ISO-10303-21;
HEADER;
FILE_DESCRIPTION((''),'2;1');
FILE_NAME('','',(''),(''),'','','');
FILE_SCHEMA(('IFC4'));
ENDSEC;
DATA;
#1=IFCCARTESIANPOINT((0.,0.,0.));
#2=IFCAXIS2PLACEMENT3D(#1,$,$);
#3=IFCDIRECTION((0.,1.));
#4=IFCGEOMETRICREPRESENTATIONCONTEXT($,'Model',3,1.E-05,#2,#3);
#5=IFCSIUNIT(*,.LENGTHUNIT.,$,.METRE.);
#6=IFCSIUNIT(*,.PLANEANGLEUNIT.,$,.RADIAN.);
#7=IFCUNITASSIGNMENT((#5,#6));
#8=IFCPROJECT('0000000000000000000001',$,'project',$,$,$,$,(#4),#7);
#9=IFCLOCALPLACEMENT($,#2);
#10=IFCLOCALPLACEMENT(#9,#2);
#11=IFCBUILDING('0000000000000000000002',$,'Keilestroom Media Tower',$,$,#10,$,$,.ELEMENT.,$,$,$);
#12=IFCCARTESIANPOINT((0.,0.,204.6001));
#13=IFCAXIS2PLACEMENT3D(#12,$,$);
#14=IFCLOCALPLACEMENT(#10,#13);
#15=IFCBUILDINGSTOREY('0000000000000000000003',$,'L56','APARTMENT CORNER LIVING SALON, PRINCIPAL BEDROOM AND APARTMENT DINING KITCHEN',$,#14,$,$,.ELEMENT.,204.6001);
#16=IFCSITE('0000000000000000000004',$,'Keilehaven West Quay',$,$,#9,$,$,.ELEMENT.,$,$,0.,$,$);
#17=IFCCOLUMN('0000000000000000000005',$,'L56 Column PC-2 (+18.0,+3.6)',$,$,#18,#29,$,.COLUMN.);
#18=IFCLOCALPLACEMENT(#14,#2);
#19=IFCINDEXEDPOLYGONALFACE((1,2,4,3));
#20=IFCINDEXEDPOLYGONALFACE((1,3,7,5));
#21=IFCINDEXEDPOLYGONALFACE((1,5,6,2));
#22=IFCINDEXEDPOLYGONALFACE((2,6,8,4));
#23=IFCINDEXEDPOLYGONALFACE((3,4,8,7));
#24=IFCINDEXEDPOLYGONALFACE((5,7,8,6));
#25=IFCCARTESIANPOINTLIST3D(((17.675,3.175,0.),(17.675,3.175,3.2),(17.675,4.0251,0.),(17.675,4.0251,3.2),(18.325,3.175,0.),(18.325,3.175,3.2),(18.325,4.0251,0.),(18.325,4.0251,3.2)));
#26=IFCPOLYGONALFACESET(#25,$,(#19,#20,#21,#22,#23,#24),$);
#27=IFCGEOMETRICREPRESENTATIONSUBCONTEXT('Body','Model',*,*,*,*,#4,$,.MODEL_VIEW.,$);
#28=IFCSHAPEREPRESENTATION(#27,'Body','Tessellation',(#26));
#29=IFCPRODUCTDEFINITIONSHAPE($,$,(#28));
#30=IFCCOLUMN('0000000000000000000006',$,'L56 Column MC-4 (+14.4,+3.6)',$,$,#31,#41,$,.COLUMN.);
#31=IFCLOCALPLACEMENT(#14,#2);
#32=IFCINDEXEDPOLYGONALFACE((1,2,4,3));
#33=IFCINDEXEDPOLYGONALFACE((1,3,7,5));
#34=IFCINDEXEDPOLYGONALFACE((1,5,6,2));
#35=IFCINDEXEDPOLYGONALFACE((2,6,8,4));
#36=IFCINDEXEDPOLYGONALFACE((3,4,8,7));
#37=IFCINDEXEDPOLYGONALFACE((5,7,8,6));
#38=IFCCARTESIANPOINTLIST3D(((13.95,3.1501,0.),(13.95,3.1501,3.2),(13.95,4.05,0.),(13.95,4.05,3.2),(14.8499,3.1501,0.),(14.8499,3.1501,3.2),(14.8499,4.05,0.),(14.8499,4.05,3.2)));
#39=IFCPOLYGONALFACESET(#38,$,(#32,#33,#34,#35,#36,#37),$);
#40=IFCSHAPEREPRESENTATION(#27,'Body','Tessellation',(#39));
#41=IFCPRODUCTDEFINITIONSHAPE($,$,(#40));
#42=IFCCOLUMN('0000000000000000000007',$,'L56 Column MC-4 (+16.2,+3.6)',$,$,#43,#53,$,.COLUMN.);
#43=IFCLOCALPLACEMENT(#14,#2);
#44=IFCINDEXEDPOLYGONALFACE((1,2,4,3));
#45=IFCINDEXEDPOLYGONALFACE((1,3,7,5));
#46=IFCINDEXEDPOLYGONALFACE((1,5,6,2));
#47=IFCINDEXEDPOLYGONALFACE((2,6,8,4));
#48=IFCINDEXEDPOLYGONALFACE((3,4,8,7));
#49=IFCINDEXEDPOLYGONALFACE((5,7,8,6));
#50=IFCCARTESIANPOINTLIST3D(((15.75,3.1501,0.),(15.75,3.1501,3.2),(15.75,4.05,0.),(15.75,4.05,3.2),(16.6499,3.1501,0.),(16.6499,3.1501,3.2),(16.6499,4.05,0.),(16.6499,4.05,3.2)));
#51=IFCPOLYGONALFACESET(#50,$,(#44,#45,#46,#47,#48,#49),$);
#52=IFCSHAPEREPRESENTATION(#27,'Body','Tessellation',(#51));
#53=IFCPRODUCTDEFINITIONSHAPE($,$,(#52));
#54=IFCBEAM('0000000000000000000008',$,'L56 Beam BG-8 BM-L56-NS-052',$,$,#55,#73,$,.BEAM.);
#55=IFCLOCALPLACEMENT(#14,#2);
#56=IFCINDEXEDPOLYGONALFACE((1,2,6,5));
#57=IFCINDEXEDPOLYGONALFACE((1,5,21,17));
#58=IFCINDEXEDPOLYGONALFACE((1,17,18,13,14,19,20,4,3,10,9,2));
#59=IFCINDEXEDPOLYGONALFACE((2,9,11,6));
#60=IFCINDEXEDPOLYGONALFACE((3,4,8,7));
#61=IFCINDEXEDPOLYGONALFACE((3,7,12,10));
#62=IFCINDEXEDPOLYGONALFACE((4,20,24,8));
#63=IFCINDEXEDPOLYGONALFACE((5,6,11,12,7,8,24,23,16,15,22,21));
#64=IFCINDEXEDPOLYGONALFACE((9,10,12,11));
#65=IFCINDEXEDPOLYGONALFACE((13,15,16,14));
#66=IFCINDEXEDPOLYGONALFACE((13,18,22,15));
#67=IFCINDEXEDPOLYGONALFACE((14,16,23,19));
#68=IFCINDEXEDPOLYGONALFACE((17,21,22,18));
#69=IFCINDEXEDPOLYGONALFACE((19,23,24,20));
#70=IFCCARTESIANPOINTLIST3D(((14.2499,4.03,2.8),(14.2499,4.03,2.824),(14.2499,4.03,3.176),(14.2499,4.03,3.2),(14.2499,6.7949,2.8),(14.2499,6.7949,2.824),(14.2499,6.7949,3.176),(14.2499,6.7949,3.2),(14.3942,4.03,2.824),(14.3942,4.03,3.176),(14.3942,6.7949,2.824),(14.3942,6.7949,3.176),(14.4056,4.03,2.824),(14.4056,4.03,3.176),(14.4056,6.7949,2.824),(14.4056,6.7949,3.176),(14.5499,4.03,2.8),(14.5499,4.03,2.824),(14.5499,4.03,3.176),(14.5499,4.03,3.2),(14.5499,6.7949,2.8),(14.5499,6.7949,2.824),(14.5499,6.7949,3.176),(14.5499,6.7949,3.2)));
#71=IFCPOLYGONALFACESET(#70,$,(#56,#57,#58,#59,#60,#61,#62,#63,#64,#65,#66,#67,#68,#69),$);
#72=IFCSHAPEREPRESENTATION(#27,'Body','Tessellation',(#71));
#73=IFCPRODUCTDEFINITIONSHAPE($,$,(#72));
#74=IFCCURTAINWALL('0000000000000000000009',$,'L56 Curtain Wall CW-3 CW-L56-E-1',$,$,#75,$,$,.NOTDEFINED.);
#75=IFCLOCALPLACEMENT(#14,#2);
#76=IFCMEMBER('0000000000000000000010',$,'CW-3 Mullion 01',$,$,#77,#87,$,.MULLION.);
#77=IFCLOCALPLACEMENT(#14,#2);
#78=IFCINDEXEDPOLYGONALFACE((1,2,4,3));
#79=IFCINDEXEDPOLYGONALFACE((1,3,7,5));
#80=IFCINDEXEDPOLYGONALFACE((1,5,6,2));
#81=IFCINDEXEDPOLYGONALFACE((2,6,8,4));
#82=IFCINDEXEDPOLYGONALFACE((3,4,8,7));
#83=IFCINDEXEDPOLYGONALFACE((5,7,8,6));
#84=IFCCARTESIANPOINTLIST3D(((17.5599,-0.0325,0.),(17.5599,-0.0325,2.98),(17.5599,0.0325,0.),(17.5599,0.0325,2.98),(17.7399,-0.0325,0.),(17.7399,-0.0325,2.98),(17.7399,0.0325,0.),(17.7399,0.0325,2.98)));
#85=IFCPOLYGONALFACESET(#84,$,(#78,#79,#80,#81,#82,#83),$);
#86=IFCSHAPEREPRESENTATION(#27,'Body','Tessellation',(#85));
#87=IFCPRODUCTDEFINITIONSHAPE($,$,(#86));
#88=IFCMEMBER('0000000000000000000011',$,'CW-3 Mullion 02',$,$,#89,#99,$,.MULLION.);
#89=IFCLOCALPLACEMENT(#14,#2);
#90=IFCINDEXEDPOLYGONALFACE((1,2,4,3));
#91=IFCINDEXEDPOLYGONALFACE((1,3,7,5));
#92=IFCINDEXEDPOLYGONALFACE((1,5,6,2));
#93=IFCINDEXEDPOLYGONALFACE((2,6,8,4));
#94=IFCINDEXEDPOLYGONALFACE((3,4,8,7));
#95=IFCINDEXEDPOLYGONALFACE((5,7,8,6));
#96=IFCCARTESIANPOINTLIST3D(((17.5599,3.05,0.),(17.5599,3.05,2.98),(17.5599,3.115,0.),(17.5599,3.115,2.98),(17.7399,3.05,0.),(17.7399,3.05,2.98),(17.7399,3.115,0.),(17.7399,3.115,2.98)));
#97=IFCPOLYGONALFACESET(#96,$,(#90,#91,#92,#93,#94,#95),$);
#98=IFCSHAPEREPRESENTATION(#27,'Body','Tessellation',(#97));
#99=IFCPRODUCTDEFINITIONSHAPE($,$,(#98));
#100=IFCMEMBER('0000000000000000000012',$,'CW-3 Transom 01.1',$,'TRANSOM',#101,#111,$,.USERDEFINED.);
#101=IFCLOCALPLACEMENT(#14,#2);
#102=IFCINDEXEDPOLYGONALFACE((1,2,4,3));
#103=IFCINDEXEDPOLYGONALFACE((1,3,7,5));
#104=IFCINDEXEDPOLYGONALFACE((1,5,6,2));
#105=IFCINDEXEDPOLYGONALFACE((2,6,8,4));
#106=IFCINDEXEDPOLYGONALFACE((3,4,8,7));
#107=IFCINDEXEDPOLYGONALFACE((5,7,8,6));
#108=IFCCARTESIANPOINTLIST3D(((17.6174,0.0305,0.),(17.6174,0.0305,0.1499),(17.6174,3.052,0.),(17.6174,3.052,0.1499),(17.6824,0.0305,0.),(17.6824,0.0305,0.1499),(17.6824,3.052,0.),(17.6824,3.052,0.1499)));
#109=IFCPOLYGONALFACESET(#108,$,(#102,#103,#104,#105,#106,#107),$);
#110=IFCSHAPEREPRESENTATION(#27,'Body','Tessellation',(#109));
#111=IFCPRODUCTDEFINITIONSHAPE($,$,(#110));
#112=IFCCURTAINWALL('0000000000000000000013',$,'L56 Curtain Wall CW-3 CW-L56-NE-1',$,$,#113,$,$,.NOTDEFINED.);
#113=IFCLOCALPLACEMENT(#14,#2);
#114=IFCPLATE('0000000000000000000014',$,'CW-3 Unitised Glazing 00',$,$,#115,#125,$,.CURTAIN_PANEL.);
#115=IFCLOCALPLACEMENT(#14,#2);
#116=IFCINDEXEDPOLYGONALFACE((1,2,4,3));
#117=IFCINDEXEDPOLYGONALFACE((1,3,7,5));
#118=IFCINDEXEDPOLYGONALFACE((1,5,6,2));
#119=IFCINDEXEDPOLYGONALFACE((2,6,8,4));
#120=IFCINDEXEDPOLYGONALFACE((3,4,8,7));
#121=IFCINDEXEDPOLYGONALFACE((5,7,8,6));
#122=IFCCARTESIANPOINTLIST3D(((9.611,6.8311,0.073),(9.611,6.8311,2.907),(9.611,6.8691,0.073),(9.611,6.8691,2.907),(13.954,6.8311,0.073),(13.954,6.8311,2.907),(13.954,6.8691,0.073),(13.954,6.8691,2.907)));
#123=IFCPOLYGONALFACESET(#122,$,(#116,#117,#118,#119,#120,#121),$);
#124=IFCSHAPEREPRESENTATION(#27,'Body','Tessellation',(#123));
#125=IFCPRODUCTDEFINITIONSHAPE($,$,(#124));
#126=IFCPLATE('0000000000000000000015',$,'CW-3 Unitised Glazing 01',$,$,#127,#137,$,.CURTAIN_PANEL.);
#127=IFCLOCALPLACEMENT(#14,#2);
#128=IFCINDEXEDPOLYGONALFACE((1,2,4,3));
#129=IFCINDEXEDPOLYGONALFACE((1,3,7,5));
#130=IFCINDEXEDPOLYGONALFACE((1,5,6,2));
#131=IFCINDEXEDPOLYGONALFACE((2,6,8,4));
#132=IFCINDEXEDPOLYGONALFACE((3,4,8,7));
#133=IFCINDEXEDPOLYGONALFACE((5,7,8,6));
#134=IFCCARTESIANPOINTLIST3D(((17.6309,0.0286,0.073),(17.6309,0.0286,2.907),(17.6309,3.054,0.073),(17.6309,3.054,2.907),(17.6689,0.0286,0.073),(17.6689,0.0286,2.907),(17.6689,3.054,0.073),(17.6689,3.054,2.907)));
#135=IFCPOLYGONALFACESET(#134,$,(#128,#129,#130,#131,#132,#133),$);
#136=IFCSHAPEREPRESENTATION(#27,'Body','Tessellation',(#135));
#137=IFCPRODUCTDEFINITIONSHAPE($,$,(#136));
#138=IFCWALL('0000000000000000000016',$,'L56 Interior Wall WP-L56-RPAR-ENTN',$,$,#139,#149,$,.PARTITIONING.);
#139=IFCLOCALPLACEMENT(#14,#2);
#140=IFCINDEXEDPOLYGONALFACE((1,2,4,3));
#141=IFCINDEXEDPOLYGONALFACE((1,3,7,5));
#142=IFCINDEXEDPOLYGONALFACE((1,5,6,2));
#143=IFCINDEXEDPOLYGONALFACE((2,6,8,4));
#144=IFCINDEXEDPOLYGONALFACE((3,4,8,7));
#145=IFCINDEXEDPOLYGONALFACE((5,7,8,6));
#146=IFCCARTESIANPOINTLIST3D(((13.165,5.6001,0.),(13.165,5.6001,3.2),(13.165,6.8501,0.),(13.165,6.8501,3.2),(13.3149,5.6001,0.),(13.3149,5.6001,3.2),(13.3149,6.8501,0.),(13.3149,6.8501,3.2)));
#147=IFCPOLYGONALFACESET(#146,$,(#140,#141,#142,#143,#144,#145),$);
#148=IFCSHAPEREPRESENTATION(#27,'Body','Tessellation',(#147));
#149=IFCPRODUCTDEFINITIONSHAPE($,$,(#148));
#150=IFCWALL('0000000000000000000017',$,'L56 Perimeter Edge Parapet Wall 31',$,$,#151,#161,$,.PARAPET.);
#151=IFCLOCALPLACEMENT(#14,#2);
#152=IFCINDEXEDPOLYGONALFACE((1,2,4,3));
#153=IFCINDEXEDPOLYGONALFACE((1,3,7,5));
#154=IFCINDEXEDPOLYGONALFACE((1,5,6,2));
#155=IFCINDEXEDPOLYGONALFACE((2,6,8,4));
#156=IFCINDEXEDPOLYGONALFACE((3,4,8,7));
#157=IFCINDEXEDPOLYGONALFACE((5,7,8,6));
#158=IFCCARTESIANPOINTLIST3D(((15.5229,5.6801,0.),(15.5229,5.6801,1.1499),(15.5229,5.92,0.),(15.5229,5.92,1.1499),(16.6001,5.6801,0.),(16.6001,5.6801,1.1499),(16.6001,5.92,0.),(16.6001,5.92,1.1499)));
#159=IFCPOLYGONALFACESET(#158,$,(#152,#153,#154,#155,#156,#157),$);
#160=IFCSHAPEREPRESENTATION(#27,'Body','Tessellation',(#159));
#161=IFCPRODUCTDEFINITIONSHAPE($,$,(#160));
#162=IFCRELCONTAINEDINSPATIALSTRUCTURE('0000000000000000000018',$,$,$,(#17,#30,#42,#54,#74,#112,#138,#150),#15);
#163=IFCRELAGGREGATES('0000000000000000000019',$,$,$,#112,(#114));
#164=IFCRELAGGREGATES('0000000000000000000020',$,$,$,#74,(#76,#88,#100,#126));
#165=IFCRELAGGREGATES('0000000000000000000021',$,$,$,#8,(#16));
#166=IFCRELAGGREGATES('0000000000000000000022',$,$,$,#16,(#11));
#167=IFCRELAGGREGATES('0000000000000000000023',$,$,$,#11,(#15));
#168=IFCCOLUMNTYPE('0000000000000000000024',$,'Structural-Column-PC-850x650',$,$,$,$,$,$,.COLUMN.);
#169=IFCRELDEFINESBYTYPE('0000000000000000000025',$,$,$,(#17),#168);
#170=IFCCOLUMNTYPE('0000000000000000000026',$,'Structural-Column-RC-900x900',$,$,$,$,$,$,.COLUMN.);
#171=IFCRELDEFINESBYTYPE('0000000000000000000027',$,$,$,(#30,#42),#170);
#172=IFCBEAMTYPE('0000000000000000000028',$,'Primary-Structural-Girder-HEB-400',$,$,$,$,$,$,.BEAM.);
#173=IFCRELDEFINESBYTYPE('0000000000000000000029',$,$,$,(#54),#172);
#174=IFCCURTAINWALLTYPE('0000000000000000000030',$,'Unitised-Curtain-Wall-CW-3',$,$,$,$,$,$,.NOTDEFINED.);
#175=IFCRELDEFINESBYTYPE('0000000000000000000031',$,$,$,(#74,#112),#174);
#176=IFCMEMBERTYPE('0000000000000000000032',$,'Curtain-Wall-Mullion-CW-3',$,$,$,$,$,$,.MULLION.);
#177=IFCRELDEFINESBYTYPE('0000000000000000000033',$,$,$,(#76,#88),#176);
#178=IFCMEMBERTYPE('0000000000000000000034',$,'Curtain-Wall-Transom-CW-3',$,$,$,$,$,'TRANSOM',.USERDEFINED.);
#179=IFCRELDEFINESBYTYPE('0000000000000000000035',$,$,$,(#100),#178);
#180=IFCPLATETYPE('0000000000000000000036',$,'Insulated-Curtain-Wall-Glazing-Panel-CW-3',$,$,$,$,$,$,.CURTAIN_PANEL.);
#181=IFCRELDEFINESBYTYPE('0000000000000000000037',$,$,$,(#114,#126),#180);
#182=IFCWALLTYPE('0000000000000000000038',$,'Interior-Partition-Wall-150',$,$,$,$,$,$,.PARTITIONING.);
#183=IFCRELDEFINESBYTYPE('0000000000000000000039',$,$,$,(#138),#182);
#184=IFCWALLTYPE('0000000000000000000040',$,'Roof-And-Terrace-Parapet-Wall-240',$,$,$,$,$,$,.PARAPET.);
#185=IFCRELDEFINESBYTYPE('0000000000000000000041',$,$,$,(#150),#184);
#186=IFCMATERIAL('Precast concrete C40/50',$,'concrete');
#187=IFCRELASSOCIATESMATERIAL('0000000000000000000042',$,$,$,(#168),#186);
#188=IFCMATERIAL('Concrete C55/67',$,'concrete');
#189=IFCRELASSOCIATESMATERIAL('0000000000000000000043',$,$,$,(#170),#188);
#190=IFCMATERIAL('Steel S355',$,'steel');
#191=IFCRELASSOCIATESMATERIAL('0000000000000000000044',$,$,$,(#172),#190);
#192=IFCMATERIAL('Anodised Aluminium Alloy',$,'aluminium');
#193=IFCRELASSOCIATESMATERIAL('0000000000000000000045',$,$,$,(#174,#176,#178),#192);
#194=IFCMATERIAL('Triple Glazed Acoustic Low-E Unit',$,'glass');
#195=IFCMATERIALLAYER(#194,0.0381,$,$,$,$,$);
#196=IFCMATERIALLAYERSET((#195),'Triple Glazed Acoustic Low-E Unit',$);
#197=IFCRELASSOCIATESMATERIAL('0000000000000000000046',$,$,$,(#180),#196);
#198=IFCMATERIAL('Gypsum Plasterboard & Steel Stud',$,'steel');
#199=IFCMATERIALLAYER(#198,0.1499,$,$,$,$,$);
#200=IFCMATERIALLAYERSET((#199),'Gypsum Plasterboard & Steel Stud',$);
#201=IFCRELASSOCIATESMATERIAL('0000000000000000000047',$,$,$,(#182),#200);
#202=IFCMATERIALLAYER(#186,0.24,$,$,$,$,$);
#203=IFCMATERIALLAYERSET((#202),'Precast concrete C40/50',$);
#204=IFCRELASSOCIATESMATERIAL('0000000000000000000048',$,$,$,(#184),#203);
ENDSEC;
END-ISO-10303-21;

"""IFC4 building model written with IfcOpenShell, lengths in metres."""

from ifc_helpers import new_model, si_unit, direction, frame, frame_2d, origin, origin_2d, place, context, subcontext, project, spatial, rectangle, i_section, extrude, source, transform, mapped, material, layer, layer_set, material_profile, profile_set, type_object, element, aggregate, save


model = new_model("IFC4")

# Units and contexts
model_context = context("Model", 3, precision=1e-05, world=origin(), true_north=direction((0.0, 1.0)))
body_context = subcontext(model_context, "Body", "Model", "MODEL_VIEW")
ifc_project = project(units=[si_unit("LENGTHUNIT", "METRE"), si_unit("PLANEANGLEUNIT", "RADIAN")], contexts=[model_context])

# Site, building, storey
site_placement = place(None, origin())
site = spatial("IfcSite", under=ifc_project, at=site_placement, Name="Keilehaven West Quay", CompositionType="ELEMENT", RefElevation=0.0)
building_placement = place(site_placement, origin())
building = spatial("IfcBuilding", under=site, at=building_placement, Name="Keilestroom Media Tower", CompositionType="ELEMENT")
storey_placement = place(building_placement, frame((0.0, 0.0, 204.6001)))
storey = spatial("IfcBuildingStorey", under=building, at=storey_placement, Name="L56", Description="APARTMENT CORNER LIVING SALON, PRINCIPAL BEDROOM AND APARTMENT DINING KITCHEN", CompositionType="ELEMENT", Elevation=204.6001)

# Columns
ifc_material_1 = material(Name="Precast concrete C40/50", Category="concrete")
ifc_material_profile_1 = material_profile(ifc_material_1, rectangle(XDim=0.6499, YDim=0.8501, at=origin_2d()), Name="PC 850x650")
ifc_profile_set_1 = profile_set([ifc_material_profile_1], Name="Precast concrete C40/50")
column_type_1 = type_object("IfcColumnType", Name="Structural-Column-PC-850x650", PredefinedType="COLUMN", material=ifc_profile_set_1)
shared_shape_1 = source(origin(), body_context, "Body", "SweptSolid", [
    extrude(rectangle(XDim=0.6499, YDim=0.8501, at=origin_2d()), origin(), (0.0, 0.0, 1.0), 3.2),
])
column_placement = place(storey_placement, frame((18.0, 3.6001, 0.0), z_axis=(0.0, 0.0, 1.0), x_axis=(1.0, 0.0, 0.0)))
element("IfcColumn", 1, at=column_placement, inside=storey, type_object=column_type_1, Name="L56 Column PC-2 (+18.0,+3.6)", PredefinedType="COLUMN", context=body_context, shape_type="MappedRepresentation", body=[
    mapped(shared_shape_1, transform((0.0, 0.0, 0.0), x_axis=(1.0, 0.0, 0.0), y_axis=(0.0, 1.0, 0.0), z_axis=(0.0, 0.0, 1.0), scale=1.0)),
])
ifc_material_2 = material(Name="Concrete C55/67", Category="concrete")
ifc_material_profile_2 = material_profile(ifc_material_2, rectangle(XDim=0.8999, YDim=0.8999, at=origin_2d()), Name="RC 900x900")
ifc_profile_set_2 = profile_set([ifc_material_profile_2], Name="Concrete C55/67")
column_type_2 = type_object("IfcColumnType", Name="Structural-Column-RC-900x900", PredefinedType="COLUMN", material=ifc_profile_set_2)
shared_shape_2 = source(origin(), body_context, "Body", "SweptSolid", [
    extrude(rectangle(XDim=0.8999, YDim=0.8999, at=origin_2d()), origin(), (0.0, 0.0, 1.0), 3.2),
])
for number, where, z_axis, x_axis, name in (
    (2, (14.3999, 3.6001, 0.0), (0.0, 0.0, 1.0), (1.0, 0.0, 0.0), "L56 Column MC-4 (+14.4,+3.6)"),
    (3, (16.2, 3.6001, 0.0), (0.0, 0.0, 1.0), (1.0, 0.0, 0.0), "L56 Column MC-4 (+16.2,+3.6)"),
):
    element("IfcColumn", number, at=place(storey_placement, frame(where, z_axis=z_axis, x_axis=x_axis)), inside=storey, type_object=column_type_2, Name=name, PredefinedType="COLUMN", context=body_context, shape_type="MappedRepresentation", body=[
        mapped(shared_shape_2, transform((0.0, 0.0, 0.0), x_axis=(1.0, 0.0, 0.0), y_axis=(0.0, 1.0, 0.0), z_axis=(0.0, 0.0, 1.0), scale=1.0)),
    ])

# Beam
ifc_material_3 = material(Name="Steel S355", Category="steel")
ifc_material_profile_3 = material_profile(ifc_material_3, i_section(OverallWidth=0.3, OverallDepth=0.3999, WebThickness=0.0115, FlangeThickness=0.0239, at=origin_2d()), Name="HEB 400")
ifc_profile_set_3 = profile_set([ifc_material_profile_3], Name="Steel S355")
beam_type = type_object("IfcBeamType", Name="Primary-Structural-Girder-HEB-400", PredefinedType="BEAM", material=ifc_profile_set_3)
shared_shape_3 = source(origin(), body_context, "Body", "SweptSolid", [
    extrude(i_section(OverallWidth=0.3, OverallDepth=0.3999, WebThickness=0.0115, FlangeThickness=0.0239, at=origin_2d()), origin(), (0.0, 0.0, 1.0), 2.7649),
])
beam_placement = place(storey_placement, frame((14.3999, 4.03, 3.0), z_axis=(0.0, 1.0, 0.0), x_axis=(-1.0, 0.0, 0.0)))
element("IfcBeam", 4, at=beam_placement, inside=storey, type_object=beam_type, Name="L56 Beam BG-8 BM-L56-NS-052", PredefinedType="BEAM", context=body_context, shape_type="MappedRepresentation", body=[
    mapped(shared_shape_3, transform((0.0, 0.0, 0.0), x_axis=(1.0, 0.0, 0.0), y_axis=(0.0, 1.0, 0.0), z_axis=(0.0, 0.0, 1.0), scale=1.0)),
])

# Curtain wall, members
ifc_material_4 = material(Name="Anodised Aluminium Alloy", Category="aluminium")
curtain_wall_type = type_object("IfcCurtainWallType", Name="Unitised-Curtain-Wall-CW-3", PredefinedType="NOTDEFINED", material=ifc_material_4)
curtain_wall_1_placement = place(storey_placement, origin())
curtain_wall_1 = element("IfcCurtainWall", 5, at=curtain_wall_1_placement, inside=storey, type_object=curtain_wall_type, Name="L56 Curtain Wall CW-3 CW-L56-E-1", PredefinedType="NOTDEFINED")
ifc_material_profile_4 = material_profile(ifc_material_4, rectangle(XDim=0.0649, YDim=0.1799, at=origin_2d()), Name="ALU MULLION 65x180")
ifc_profile_set_4 = profile_set([ifc_material_profile_4], Name="Anodised Aluminium Alloy")
member_type_1 = type_object("IfcMemberType", Name="Curtain-Wall-Mullion-CW-3", PredefinedType="MULLION", material=ifc_profile_set_4)
shared_shape_4 = source(origin(), body_context, "Body", "SweptSolid", [
    extrude(rectangle(XDim=0.0649, YDim=0.1799, at=origin_2d()), origin(), (0.0, 0.0, 1.0), 2.98),
])
member_1_placement = place(storey_placement, frame((17.6499, 0.0, 0.0), z_axis=(0.0, 0.0, 1.0), x_axis=(0.0, 1.0, 0.0)))
member_1 = element("IfcMember", 6, at=member_1_placement, type_object=member_type_1, Name="CW-3 Mullion 01", PredefinedType="MULLION", context=body_context, shape_type="MappedRepresentation", body=[
    mapped(shared_shape_4, transform((0.0, 0.0, 0.0), x_axis=(1.0, 0.0, 0.0), y_axis=(0.0, 1.0, 0.0), z_axis=(0.0, 0.0, 1.0), scale=1.0)),
])
member_2_placement = place(storey_placement, frame((17.6499, 3.0825, 0.0), z_axis=(0.0, 0.0, 1.0), x_axis=(0.0, 1.0, 0.0)))
member_2 = element("IfcMember", 7, at=member_2_placement, type_object=member_type_1, Name="CW-3 Mullion 02", PredefinedType="MULLION", context=body_context, shape_type="MappedRepresentation", body=[
    mapped(shared_shape_4, transform((0.0, 0.0, 0.0), x_axis=(1.0, 0.0, 0.0), y_axis=(0.0, 1.0, 0.0), z_axis=(0.0, 0.0, 1.0), scale=1.0)),
])
ifc_material_profile_5 = material_profile(ifc_material_4, rectangle(XDim=0.0649, YDim=0.1499, at=origin_2d()), Name="ALU TRANSOM 65x150")
ifc_profile_set_5 = profile_set([ifc_material_profile_5], Name="Anodised Aluminium Alloy")
member_type_2 = type_object("IfcMemberType", Name="Curtain-Wall-Transom-CW-3", ElementType="TRANSOM", PredefinedType="USERDEFINED", material=ifc_profile_set_5)
shared_shape_5 = source(origin(), body_context, "Body", "SweptSolid", [
    extrude(rectangle(XDim=0.0649, YDim=0.1499, at=origin_2d()), origin(), (0.0, 0.0, 1.0), 3.0215),
])
member_3_placement = place(storey_placement, frame((17.6499, 0.0305, 0.075), z_axis=(0.0, 1.0, 0.0), x_axis=(-1.0, 0.0, 0.0)))
member_3 = element("IfcMember", 8, at=member_3_placement, type_object=member_type_2, Name="CW-3 Transom 01.1", ObjectType="TRANSOM", PredefinedType="USERDEFINED", context=body_context, shape_type="MappedRepresentation", body=[
    mapped(shared_shape_5, transform((0.0, 0.0, 0.0), x_axis=(1.0, 0.0, 0.0), y_axis=(0.0, 1.0, 0.0), z_axis=(0.0, 0.0, 1.0), scale=1.0)),
])

# Curtain wall, plate
curtain_wall_2_placement = place(storey_placement, origin())
curtain_wall_2 = element("IfcCurtainWall", 9, at=curtain_wall_2_placement, inside=storey, type_object=curtain_wall_type, Name="L56 Curtain Wall CW-3 CW-L56-NE-1", PredefinedType="NOTDEFINED")
ifc_material_5 = material(Name="Triple Glazed Acoustic Low-E Unit", Category="glass")
ifc_layer_1 = layer(ifc_material_5, 0.0381)
ifc_layer_set_1 = layer_set([ifc_layer_1], Name="Triple Glazed Acoustic Low-E Unit")
plate_type = type_object("IfcPlateType", Name="Insulated-Curtain-Wall-Glazing-Panel-CW-3", PredefinedType="CURTAIN_PANEL", material=ifc_layer_set_1)
shared_shape_6 = source(origin(), body_context, "Body", "SweptSolid", [
    extrude(rectangle(XDim=4.343, YDim=0.0381, at=origin_2d()), origin(), (0.0, 0.0, 1.0), 2.834),
])
plate_1_placement = place(storey_placement, frame((11.7825, 6.8501, 0.073), z_axis=(0.0, 0.0, 1.0), x_axis=(1.0, 0.0, 0.0)))
plate_1 = element("IfcPlate", 10, at=plate_1_placement, type_object=plate_type, Name="CW-3 Unitised Glazing 00", PredefinedType="CURTAIN_PANEL", context=body_context, shape_type="MappedRepresentation", body=[
    mapped(shared_shape_6, transform((0.0, 0.0, 0.0), x_axis=(1.0, 0.0, 0.0), y_axis=(0.0, 1.0, 0.0), z_axis=(0.0, 0.0, 1.0), scale=1.0)),
])
aggregate(curtain_wall_2, [plate_1])

# Plate
shared_shape_7 = source(origin(), body_context, "Body", "SweptSolid", [
    extrude(rectangle(XDim=3.0254, YDim=0.0381, at=origin_2d()), origin(), (0.0, 0.0, 1.0), 2.834),
])
plate_2_placement = place(storey_placement, frame((17.6499, 1.5413, 0.073), z_axis=(0.0, 0.0, 1.0), x_axis=(0.0, 1.0, 0.0)))
plate_2 = element("IfcPlate", 11, at=plate_2_placement, type_object=plate_type, Name="CW-3 Unitised Glazing 01", PredefinedType="CURTAIN_PANEL", context=body_context, shape_type="MappedRepresentation", body=[
    mapped(shared_shape_7, transform((0.0, 0.0, 0.0), x_axis=(1.0, 0.0, 0.0), y_axis=(0.0, 1.0, 0.0), z_axis=(0.0, 0.0, 1.0), scale=1.0)),
])
aggregate(curtain_wall_1, [member_1, member_2, member_3, plate_2])

# Walls
ifc_material_6 = material(Name="Gypsum Plasterboard & Steel Stud", Category="steel")
ifc_layer_2 = layer(ifc_material_6, 0.1499)
ifc_layer_set_2 = layer_set([ifc_layer_2], Name="Gypsum Plasterboard & Steel Stud")
wall_type_1 = type_object("IfcWallType", Name="Interior-Partition-Wall-150", PredefinedType="PARTITIONING", material=ifc_layer_set_2)
wall_1_placement = place(storey_placement, frame((13.24, 5.6001, 0.0), z_axis=(0.0, 0.0, 1.0), x_axis=(0.0, 1.0, 0.0)))
element("IfcWall", 12, at=wall_1_placement, inside=storey, type_object=wall_type_1, Name="L56 Interior Wall WP-L56-RPAR-ENTN", PredefinedType="PARTITIONING", context=body_context, shape_type="SweptSolid", body=[
    extrude(rectangle(XDim=1.25, YDim=0.1499, at=frame_2d((0.625, 0.0))), origin(), (0.0, 0.0, 1.0), 3.2),
])
ifc_layer_3 = layer(ifc_material_1, 0.24)
ifc_layer_set_3 = layer_set([ifc_layer_3], Name="Precast concrete C40/50")
wall_type_2 = type_object("IfcWallType", Name="Roof-And-Terrace-Parapet-Wall-240", PredefinedType="PARAPET", material=ifc_layer_set_3)
wall_2_placement = place(storey_placement, frame((15.5229, 5.8, 0.0), z_axis=(0.0, 0.0, 1.0), x_axis=(1.0, 0.0, 0.0)))
element("IfcWall", 13, at=wall_2_placement, inside=storey, type_object=wall_type_2, Name="L56 Perimeter Edge Parapet Wall 31", PredefinedType="PARAPET", context=body_context, shape_type="SweptSolid", body=[
    extrude(rectangle(XDim=1.0771, YDim=0.24, at=frame_2d((0.5386, 0.0))), origin(), (0.0, 0.0, 1.0), 1.1499),
])

save(model, "model.ifc")
